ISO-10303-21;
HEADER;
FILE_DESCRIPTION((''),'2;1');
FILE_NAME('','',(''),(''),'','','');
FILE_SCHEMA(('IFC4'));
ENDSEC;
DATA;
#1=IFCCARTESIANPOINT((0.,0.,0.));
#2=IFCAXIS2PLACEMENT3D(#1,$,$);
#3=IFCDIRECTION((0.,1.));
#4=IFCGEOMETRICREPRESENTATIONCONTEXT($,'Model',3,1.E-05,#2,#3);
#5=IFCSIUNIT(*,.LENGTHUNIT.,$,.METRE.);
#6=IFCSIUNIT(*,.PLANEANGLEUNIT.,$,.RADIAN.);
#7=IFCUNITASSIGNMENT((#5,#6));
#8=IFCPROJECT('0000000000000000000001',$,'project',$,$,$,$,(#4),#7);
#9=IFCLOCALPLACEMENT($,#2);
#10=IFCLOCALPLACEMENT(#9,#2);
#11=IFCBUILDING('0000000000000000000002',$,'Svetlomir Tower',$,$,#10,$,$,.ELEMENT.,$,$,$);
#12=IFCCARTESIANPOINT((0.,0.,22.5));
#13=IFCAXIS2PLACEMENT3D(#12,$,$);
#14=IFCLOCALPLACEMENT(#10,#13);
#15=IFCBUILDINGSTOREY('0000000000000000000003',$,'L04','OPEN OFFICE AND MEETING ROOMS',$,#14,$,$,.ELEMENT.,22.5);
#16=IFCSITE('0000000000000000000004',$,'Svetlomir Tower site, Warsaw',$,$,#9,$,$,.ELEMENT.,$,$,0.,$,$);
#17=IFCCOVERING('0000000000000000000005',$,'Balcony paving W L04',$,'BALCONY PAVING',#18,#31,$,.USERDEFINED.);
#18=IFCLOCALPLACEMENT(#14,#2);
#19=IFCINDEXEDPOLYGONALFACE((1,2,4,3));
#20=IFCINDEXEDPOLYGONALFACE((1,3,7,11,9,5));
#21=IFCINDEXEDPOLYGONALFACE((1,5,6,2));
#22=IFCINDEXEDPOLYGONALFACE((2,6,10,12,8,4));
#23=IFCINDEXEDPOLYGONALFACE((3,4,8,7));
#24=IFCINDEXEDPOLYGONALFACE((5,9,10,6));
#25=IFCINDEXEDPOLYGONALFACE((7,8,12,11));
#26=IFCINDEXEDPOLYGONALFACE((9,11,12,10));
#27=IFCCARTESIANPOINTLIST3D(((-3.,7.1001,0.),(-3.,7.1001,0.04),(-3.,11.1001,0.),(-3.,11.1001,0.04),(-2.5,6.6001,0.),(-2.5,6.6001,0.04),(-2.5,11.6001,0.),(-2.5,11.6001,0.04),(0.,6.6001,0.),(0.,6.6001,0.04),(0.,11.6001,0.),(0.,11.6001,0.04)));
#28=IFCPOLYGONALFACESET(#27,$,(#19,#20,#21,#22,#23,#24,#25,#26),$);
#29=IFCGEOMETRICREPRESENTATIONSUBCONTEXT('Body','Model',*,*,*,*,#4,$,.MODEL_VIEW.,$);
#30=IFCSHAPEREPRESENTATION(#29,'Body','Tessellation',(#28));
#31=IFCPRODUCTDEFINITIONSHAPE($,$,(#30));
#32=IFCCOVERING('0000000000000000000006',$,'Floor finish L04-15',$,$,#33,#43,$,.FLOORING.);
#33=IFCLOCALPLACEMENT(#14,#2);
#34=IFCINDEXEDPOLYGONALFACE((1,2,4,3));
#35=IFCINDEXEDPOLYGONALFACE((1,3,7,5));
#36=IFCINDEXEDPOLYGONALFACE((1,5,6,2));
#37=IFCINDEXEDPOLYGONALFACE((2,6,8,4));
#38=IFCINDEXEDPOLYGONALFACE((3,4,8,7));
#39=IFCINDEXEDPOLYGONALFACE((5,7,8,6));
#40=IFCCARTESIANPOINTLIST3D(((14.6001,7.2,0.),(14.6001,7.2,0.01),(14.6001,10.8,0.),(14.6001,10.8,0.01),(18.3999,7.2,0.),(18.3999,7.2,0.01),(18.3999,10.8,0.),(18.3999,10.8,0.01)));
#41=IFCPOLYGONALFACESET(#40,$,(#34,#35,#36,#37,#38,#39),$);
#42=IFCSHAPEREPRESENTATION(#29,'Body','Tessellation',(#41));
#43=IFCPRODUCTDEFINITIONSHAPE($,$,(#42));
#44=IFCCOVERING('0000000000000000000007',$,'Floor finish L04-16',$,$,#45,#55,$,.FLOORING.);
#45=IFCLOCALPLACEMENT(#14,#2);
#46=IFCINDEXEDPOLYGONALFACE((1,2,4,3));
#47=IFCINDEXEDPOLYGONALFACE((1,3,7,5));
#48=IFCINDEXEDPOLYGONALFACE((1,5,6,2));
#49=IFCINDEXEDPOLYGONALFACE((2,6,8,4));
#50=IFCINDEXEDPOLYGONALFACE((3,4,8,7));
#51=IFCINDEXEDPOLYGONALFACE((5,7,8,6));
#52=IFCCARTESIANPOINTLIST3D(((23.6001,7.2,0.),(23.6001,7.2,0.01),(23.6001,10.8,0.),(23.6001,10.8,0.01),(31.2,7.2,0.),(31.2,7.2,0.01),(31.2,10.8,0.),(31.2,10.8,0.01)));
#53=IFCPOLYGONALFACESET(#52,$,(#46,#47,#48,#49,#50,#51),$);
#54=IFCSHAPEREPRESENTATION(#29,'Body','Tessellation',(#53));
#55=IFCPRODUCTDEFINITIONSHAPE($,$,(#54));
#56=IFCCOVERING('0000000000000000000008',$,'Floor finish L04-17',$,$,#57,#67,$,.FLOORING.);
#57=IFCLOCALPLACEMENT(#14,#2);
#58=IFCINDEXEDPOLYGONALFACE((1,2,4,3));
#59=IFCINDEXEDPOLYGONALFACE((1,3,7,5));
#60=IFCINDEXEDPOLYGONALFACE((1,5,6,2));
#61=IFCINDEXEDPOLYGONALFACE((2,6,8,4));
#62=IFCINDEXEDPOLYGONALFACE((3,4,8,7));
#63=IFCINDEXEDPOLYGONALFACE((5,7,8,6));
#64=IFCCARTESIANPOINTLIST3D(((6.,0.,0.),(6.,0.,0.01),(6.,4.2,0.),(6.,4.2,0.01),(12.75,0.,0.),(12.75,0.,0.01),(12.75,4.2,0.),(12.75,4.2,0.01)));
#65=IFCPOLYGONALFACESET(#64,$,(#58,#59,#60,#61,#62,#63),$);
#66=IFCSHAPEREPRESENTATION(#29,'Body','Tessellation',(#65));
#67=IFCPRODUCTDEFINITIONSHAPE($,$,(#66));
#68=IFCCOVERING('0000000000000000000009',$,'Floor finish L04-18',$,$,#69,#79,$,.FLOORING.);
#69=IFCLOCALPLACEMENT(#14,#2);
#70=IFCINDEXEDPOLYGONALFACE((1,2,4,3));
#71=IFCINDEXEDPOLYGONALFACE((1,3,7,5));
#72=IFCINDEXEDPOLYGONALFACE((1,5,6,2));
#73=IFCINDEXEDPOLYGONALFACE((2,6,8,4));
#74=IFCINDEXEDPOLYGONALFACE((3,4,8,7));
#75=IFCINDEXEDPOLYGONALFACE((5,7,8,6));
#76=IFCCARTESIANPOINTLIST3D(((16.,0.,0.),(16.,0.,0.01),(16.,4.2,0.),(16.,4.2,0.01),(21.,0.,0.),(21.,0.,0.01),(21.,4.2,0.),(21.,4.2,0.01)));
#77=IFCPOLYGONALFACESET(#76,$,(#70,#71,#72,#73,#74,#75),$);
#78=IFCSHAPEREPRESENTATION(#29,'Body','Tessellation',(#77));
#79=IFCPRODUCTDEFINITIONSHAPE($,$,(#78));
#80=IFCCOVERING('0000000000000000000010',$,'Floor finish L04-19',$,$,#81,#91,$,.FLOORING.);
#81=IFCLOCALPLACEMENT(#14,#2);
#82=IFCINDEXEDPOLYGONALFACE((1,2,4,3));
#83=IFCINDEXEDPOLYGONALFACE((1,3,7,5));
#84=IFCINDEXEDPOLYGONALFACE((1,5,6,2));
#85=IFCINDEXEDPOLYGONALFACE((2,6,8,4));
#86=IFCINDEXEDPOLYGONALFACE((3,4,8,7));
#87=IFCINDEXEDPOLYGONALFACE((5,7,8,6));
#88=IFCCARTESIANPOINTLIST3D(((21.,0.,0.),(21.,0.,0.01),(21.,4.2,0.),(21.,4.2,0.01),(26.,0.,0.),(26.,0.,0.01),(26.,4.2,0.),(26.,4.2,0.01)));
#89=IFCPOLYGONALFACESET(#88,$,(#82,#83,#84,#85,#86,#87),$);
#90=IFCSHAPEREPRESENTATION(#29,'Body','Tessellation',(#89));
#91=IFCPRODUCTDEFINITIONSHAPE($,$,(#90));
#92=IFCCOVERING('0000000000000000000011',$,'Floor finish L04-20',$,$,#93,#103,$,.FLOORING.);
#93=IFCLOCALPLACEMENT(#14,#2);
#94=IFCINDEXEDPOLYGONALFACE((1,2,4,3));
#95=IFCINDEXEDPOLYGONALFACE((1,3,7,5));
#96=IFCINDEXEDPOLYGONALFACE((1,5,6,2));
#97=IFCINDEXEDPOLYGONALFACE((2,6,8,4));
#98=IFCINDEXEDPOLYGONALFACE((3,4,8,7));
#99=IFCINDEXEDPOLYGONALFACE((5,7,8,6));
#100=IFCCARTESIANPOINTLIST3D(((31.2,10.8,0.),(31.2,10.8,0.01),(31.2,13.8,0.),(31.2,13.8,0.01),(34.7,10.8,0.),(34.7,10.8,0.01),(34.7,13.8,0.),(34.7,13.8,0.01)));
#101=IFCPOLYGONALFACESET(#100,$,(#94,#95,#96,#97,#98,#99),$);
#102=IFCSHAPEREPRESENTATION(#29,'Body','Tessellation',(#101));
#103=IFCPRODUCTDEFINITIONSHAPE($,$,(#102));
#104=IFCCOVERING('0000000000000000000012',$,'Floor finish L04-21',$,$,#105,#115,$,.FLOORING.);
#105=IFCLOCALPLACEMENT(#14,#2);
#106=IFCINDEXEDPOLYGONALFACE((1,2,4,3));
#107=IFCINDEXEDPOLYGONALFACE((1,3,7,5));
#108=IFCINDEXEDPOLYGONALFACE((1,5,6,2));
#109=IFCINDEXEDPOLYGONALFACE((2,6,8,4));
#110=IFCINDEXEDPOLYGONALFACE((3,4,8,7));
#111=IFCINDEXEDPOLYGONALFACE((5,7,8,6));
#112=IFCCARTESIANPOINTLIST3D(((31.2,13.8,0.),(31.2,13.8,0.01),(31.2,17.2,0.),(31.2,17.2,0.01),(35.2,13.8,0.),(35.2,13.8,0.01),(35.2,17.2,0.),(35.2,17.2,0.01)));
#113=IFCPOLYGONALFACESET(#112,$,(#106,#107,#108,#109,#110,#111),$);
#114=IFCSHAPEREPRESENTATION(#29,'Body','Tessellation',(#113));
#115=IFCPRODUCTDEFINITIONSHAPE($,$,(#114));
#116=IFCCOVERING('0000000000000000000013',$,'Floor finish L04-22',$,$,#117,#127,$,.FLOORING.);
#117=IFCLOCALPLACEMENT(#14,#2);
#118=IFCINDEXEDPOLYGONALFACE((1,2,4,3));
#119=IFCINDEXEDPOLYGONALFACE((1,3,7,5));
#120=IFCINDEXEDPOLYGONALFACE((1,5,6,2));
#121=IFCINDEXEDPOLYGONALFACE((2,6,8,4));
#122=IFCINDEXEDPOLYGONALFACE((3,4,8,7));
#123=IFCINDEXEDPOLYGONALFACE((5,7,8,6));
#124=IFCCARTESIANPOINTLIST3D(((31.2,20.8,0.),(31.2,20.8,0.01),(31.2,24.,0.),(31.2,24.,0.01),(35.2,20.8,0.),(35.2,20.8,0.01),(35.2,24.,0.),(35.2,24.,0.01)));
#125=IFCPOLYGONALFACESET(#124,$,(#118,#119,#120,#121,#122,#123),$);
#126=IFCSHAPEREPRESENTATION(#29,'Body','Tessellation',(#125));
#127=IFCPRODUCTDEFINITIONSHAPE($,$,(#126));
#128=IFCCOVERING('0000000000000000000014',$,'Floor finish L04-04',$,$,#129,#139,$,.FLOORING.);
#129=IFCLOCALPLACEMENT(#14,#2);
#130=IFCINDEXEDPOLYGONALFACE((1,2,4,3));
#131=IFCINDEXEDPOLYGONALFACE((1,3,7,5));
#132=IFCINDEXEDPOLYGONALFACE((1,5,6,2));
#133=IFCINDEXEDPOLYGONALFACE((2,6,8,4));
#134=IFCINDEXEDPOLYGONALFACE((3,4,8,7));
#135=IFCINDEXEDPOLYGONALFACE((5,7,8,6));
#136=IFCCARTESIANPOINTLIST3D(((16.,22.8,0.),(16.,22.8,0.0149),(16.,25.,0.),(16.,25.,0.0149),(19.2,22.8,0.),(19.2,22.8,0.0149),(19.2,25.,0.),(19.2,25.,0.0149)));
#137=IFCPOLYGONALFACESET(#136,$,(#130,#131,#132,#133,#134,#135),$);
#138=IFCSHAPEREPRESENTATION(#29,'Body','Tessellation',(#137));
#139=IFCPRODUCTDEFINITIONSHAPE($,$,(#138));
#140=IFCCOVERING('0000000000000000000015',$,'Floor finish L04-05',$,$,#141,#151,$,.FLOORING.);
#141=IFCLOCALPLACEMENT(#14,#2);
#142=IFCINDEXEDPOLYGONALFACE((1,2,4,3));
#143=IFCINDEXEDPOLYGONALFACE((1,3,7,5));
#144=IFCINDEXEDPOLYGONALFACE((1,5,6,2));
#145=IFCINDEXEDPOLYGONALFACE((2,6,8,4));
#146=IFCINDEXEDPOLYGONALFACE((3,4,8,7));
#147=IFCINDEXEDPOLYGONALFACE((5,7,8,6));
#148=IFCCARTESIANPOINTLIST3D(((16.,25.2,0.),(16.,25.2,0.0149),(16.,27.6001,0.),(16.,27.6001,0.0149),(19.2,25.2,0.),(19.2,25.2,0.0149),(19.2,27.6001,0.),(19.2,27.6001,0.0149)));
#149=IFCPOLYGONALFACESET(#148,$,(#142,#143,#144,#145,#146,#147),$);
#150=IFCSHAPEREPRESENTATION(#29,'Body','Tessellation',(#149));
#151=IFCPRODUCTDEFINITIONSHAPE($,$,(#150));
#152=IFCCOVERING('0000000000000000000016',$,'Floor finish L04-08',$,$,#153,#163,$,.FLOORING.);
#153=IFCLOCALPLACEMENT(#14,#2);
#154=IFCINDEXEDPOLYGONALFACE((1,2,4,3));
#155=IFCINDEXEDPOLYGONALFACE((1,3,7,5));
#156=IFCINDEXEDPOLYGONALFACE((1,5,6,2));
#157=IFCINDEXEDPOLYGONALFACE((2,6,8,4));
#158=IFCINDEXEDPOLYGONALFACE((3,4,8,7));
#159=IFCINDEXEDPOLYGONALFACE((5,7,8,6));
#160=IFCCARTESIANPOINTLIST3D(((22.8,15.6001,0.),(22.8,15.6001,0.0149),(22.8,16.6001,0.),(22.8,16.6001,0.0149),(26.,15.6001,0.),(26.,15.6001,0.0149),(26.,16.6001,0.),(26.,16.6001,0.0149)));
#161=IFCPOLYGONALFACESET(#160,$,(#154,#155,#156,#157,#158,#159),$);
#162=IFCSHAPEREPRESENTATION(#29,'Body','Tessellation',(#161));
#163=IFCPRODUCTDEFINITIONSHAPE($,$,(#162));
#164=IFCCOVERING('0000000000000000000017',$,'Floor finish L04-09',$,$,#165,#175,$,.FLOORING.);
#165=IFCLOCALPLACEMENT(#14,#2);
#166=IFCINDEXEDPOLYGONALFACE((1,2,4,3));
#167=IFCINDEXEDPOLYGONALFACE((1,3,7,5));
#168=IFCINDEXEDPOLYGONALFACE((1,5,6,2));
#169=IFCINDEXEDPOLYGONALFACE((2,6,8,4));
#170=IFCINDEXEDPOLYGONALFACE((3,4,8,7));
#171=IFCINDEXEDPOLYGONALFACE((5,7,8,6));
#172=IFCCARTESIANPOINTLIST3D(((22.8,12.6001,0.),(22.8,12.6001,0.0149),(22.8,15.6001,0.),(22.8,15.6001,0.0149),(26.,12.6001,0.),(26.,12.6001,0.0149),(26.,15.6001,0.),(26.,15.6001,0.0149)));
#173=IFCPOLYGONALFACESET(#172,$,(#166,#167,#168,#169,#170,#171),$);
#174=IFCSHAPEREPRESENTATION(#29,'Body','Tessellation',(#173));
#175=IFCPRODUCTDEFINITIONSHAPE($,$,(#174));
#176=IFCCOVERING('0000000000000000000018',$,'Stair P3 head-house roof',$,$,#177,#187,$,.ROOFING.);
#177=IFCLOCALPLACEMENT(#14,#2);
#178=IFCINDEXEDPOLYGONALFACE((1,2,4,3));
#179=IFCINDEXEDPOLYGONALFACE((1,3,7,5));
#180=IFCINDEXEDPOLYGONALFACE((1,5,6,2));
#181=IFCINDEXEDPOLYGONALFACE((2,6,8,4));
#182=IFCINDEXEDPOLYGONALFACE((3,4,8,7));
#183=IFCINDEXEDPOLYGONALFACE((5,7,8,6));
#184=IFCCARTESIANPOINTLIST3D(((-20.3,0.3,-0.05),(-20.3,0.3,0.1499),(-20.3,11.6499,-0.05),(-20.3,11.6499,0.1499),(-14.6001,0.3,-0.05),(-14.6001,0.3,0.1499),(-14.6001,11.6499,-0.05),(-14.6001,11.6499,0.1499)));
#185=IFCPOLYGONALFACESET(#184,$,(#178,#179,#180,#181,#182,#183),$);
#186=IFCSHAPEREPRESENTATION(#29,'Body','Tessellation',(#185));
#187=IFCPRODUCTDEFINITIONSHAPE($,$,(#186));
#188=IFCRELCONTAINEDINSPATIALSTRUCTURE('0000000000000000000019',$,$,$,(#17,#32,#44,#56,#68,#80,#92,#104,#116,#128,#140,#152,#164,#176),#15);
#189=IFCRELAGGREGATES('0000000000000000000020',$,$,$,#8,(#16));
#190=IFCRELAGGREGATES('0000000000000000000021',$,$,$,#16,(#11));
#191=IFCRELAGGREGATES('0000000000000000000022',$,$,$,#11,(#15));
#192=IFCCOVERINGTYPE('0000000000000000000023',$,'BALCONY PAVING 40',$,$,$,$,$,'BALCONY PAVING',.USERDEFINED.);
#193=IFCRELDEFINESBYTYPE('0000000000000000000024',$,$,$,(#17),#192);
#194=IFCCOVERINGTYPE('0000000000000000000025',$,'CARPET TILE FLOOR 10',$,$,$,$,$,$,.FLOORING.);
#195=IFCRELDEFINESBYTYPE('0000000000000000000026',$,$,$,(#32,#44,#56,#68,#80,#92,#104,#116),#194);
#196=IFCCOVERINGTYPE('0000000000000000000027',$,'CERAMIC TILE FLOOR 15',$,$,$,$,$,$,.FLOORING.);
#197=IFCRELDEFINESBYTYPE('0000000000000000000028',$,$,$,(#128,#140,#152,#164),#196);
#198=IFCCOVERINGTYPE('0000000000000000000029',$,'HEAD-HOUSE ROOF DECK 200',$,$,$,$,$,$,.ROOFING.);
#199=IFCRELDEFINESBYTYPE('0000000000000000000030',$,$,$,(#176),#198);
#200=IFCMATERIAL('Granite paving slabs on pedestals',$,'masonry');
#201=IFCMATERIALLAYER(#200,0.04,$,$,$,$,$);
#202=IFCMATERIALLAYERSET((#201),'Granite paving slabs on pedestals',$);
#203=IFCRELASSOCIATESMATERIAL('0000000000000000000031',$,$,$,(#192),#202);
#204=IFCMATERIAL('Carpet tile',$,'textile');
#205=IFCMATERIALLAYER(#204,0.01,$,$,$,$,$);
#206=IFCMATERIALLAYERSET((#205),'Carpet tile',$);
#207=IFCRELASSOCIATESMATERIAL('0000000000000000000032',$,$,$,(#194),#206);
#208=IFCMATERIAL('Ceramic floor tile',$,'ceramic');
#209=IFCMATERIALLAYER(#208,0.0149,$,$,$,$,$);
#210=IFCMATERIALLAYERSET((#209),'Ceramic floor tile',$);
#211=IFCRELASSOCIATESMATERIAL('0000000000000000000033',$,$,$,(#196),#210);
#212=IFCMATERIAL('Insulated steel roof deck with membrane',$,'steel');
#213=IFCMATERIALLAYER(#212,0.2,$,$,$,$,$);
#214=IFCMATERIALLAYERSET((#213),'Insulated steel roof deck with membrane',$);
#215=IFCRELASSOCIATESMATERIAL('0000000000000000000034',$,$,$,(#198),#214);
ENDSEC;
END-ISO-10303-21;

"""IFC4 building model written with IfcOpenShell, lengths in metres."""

from ifc_helpers import new_model, si_unit, direction, frame, origin, place, context, subcontext, project, spatial, polyline, outline, extrude, material, layer, layer_set, type_object, element, save


model = new_model("IFC4")

# Units and contexts
model_context = context("Model", 3, precision=1e-05, world=origin(), true_north=direction((0.0, 1.0)))
body_context = subcontext(model_context, "Body", "Model", "MODEL_VIEW")
ifc_project = project(units=[si_unit("LENGTHUNIT", "METRE"), si_unit("PLANEANGLEUNIT", "RADIAN")], contexts=[model_context])

# Site, building, storey
site_placement = place(None, origin())
site = spatial("IfcSite", under=ifc_project, at=site_placement, Name="Svetlomir Tower site, Warsaw", CompositionType="ELEMENT", RefElevation=0.0)
building_placement = place(site_placement, origin())
building = spatial("IfcBuilding", under=site, at=building_placement, Name="Svetlomir Tower", CompositionType="ELEMENT")
storey_placement = place(building_placement, frame((0.0, 0.0, 22.5)))
storey = spatial("IfcBuildingStorey", under=building, at=storey_placement, Name="L04", Description="OPEN OFFICE AND MEETING ROOMS", CompositionType="ELEMENT", Elevation=22.5)

# Coverings
ifc_material_1 = material(Name="Granite paving slabs on pedestals", Category="masonry")
ifc_layer_1 = layer(ifc_material_1, 0.04)
ifc_layer_set_1 = layer_set([ifc_layer_1], Name="Granite paving slabs on pedestals")
covering_type_1 = type_object("IfcCoveringType", Name="BALCONY PAVING 40", ElementType="BALCONY PAVING", PredefinedType="USERDEFINED", material=ifc_layer_set_1)
covering_1_placement = place(storey_placement, origin())
element("IfcCovering", 1, at=covering_1_placement, inside=storey, type_object=covering_type_1, Name="Balcony paving W L04", ObjectType="BALCONY PAVING", PredefinedType="USERDEFINED", context=body_context, shape_type="SweptSolid", body=[
    extrude(outline(polyline([(-2.5, 6.6001), (0.0, 6.6001), (0.0, 11.6001), (-2.5, 11.6001), (-3.0, 11.1001), (-3.0, 7.1001), (-2.5, 6.6001)])), origin(), (0.0, 0.0, 1.0), 0.04),
])
ifc_material_2 = material(Name="Carpet tile", Category="textile")
ifc_layer_2 = layer(ifc_material_2, 0.01)
ifc_layer_set_2 = layer_set([ifc_layer_2], Name="Carpet tile")
covering_type_2 = type_object("IfcCoveringType", Name="CARPET TILE FLOOR 10", PredefinedType="FLOORING", material=ifc_layer_set_2)
covering_2_placement = place(storey_placement, origin())
element("IfcCovering", 2, at=covering_2_placement, inside=storey, type_object=covering_type_2, Name="Floor finish L04-15", PredefinedType="FLOORING", context=body_context, shape_type="SweptSolid", body=[
    extrude(outline(polyline([(14.6001, 7.2), (18.3999, 7.2), (18.3999, 10.8), (14.6001, 10.8), (14.6001, 7.2)])), origin(), (0.0, 0.0, 1.0), 0.01),
])
covering_3_placement = place(storey_placement, origin())
element("IfcCovering", 3, at=covering_3_placement, inside=storey, type_object=covering_type_2, Name="Floor finish L04-16", PredefinedType="FLOORING", context=body_context, shape_type="SweptSolid", body=[
    extrude(outline(polyline([(23.6001, 7.2), (31.2, 7.2), (31.2, 10.8), (23.6001, 10.8), (23.6001, 7.2)])), origin(), (0.0, 0.0, 1.0), 0.01),
])
covering_4_placement = place(storey_placement, origin())
element("IfcCovering", 4, at=covering_4_placement, inside=storey, type_object=covering_type_2, Name="Floor finish L04-17", PredefinedType="FLOORING", context=body_context, shape_type="SweptSolid", body=[
    extrude(outline(polyline([(6.0, 0.0), (12.75, 0.0), (12.75, 4.2), (6.0, 4.2), (6.0, 0.0)])), origin(), (0.0, 0.0, 1.0), 0.01),
])
covering_5_placement = place(storey_placement, origin())
element("IfcCovering", 5, at=covering_5_placement, inside=storey, type_object=covering_type_2, Name="Floor finish L04-18", PredefinedType="FLOORING", context=body_context, shape_type="SweptSolid", body=[
    extrude(outline(polyline([(16.0, 0.0), (21.0, 0.0), (21.0, 4.2), (16.0, 4.2), (16.0, 0.0)])), origin(), (0.0, 0.0, 1.0), 0.01),
])
covering_6_placement = place(storey_placement, origin())
element("IfcCovering", 6, at=covering_6_placement, inside=storey, type_object=covering_type_2, Name="Floor finish L04-19", PredefinedType="FLOORING", context=body_context, shape_type="SweptSolid", body=[
    extrude(outline(polyline([(21.0, 0.0), (26.0, 0.0), (26.0, 4.2), (21.0, 4.2), (21.0, 0.0)])), origin(), (0.0, 0.0, 1.0), 0.01),
])
covering_7_placement = place(storey_placement, origin())
element("IfcCovering", 7, at=covering_7_placement, inside=storey, type_object=covering_type_2, Name="Floor finish L04-20", PredefinedType="FLOORING", context=body_context, shape_type="SweptSolid", body=[
    extrude(outline(polyline([(31.2, 10.8), (34.7, 10.8), (34.7, 13.8), (31.2, 13.8), (31.2, 10.8)])), origin(), (0.0, 0.0, 1.0), 0.01),
])
covering_8_placement = place(storey_placement, origin())
element("IfcCovering", 8, at=covering_8_placement, inside=storey, type_object=covering_type_2, Name="Floor finish L04-21", PredefinedType="FLOORING", context=body_context, shape_type="SweptSolid", body=[
    extrude(outline(polyline([(31.2, 13.8), (35.2, 13.8), (35.2, 17.2), (31.2, 17.2), (31.2, 13.8)])), origin(), (0.0, 0.0, 1.0), 0.01),
])
covering_9_placement = place(storey_placement, origin())
element("IfcCovering", 9, at=covering_9_placement, inside=storey, type_object=covering_type_2, Name="Floor finish L04-22", PredefinedType="FLOORING", context=body_context, shape_type="SweptSolid", body=[
    extrude(outline(polyline([(31.2, 20.8), (35.2, 20.8), (35.2, 24.0), (31.2, 24.0), (31.2, 20.8)])), origin(), (0.0, 0.0, 1.0), 0.01),
])
ifc_material_3 = material(Name="Ceramic floor tile", Category="ceramic")
ifc_layer_3 = layer(ifc_material_3, 0.0149)
ifc_layer_set_3 = layer_set([ifc_layer_3], Name="Ceramic floor tile")
covering_type_3 = type_object("IfcCoveringType", Name="CERAMIC TILE FLOOR 15", PredefinedType="FLOORING", material=ifc_layer_set_3)
covering_10_placement = place(storey_placement, origin())
element("IfcCovering", 10, at=covering_10_placement, inside=storey, type_object=covering_type_3, Name="Floor finish L04-04", PredefinedType="FLOORING", context=body_context, shape_type="SweptSolid", body=[
    extrude(outline(polyline([(16.0, 22.8), (19.2, 22.8), (19.2, 25.0), (16.0, 25.0), (16.0, 22.8)])), origin(), (0.0, 0.0, 1.0), 0.0149),
])
covering_11_placement = place(storey_placement, origin())
element("IfcCovering", 11, at=covering_11_placement, inside=storey, type_object=covering_type_3, Name="Floor finish L04-05", PredefinedType="FLOORING", context=body_context, shape_type="SweptSolid", body=[
    extrude(outline(polyline([(16.0, 25.2), (19.2, 25.2), (19.2, 27.6001), (16.0, 27.6001), (16.0, 25.2)])), origin(), (0.0, 0.0, 1.0), 0.0149),
])
covering_12_placement = place(storey_placement, origin())
element("IfcCovering", 12, at=covering_12_placement, inside=storey, type_object=covering_type_3, Name="Floor finish L04-08", PredefinedType="FLOORING", context=body_context, shape_type="SweptSolid", body=[
    extrude(outline(polyline([(22.8, 15.6001), (26.0, 15.6001), (26.0, 16.6001), (22.8, 16.6001), (22.8, 15.6001)])), origin(), (0.0, 0.0, 1.0), 0.0149),
])
covering_13_placement = place(storey_placement, origin())
element("IfcCovering", 13, at=covering_13_placement, inside=storey, type_object=covering_type_3, Name="Floor finish L04-09", PredefinedType="FLOORING", context=body_context, shape_type="SweptSolid", body=[
    extrude(outline(polyline([(22.8, 12.6001), (26.0, 12.6001), (26.0, 15.6001), (22.8, 15.6001), (22.8, 12.6001)])), origin(), (0.0, 0.0, 1.0), 0.0149),
])
ifc_material_4 = material(Name="Insulated steel roof deck with membrane", Category="steel")
ifc_layer_4 = layer(ifc_material_4, 0.2)
ifc_layer_set_4 = layer_set([ifc_layer_4], Name="Insulated steel roof deck with membrane")
covering_type_4 = type_object("IfcCoveringType", Name="HEAD-HOUSE ROOF DECK 200", PredefinedType="ROOFING", material=ifc_layer_set_4)
covering_14_placement = place(storey_placement, frame((0.0, 0.0, -0.05)))
element("IfcCovering", 14, at=covering_14_placement, inside=storey, type_object=covering_type_4, Name="Stair P3 head-house roof", PredefinedType="ROOFING", context=body_context, shape_type="SweptSolid", body=[
    extrude(outline(polyline([(-20.3, 0.3), (-14.6001, 0.3), (-14.6001, 11.6499), (-20.3, 11.6499), (-20.3, 0.3)])), origin(), (0.0, 0.0, 1.0), 0.2),
])

save(model, "model.ifc")
